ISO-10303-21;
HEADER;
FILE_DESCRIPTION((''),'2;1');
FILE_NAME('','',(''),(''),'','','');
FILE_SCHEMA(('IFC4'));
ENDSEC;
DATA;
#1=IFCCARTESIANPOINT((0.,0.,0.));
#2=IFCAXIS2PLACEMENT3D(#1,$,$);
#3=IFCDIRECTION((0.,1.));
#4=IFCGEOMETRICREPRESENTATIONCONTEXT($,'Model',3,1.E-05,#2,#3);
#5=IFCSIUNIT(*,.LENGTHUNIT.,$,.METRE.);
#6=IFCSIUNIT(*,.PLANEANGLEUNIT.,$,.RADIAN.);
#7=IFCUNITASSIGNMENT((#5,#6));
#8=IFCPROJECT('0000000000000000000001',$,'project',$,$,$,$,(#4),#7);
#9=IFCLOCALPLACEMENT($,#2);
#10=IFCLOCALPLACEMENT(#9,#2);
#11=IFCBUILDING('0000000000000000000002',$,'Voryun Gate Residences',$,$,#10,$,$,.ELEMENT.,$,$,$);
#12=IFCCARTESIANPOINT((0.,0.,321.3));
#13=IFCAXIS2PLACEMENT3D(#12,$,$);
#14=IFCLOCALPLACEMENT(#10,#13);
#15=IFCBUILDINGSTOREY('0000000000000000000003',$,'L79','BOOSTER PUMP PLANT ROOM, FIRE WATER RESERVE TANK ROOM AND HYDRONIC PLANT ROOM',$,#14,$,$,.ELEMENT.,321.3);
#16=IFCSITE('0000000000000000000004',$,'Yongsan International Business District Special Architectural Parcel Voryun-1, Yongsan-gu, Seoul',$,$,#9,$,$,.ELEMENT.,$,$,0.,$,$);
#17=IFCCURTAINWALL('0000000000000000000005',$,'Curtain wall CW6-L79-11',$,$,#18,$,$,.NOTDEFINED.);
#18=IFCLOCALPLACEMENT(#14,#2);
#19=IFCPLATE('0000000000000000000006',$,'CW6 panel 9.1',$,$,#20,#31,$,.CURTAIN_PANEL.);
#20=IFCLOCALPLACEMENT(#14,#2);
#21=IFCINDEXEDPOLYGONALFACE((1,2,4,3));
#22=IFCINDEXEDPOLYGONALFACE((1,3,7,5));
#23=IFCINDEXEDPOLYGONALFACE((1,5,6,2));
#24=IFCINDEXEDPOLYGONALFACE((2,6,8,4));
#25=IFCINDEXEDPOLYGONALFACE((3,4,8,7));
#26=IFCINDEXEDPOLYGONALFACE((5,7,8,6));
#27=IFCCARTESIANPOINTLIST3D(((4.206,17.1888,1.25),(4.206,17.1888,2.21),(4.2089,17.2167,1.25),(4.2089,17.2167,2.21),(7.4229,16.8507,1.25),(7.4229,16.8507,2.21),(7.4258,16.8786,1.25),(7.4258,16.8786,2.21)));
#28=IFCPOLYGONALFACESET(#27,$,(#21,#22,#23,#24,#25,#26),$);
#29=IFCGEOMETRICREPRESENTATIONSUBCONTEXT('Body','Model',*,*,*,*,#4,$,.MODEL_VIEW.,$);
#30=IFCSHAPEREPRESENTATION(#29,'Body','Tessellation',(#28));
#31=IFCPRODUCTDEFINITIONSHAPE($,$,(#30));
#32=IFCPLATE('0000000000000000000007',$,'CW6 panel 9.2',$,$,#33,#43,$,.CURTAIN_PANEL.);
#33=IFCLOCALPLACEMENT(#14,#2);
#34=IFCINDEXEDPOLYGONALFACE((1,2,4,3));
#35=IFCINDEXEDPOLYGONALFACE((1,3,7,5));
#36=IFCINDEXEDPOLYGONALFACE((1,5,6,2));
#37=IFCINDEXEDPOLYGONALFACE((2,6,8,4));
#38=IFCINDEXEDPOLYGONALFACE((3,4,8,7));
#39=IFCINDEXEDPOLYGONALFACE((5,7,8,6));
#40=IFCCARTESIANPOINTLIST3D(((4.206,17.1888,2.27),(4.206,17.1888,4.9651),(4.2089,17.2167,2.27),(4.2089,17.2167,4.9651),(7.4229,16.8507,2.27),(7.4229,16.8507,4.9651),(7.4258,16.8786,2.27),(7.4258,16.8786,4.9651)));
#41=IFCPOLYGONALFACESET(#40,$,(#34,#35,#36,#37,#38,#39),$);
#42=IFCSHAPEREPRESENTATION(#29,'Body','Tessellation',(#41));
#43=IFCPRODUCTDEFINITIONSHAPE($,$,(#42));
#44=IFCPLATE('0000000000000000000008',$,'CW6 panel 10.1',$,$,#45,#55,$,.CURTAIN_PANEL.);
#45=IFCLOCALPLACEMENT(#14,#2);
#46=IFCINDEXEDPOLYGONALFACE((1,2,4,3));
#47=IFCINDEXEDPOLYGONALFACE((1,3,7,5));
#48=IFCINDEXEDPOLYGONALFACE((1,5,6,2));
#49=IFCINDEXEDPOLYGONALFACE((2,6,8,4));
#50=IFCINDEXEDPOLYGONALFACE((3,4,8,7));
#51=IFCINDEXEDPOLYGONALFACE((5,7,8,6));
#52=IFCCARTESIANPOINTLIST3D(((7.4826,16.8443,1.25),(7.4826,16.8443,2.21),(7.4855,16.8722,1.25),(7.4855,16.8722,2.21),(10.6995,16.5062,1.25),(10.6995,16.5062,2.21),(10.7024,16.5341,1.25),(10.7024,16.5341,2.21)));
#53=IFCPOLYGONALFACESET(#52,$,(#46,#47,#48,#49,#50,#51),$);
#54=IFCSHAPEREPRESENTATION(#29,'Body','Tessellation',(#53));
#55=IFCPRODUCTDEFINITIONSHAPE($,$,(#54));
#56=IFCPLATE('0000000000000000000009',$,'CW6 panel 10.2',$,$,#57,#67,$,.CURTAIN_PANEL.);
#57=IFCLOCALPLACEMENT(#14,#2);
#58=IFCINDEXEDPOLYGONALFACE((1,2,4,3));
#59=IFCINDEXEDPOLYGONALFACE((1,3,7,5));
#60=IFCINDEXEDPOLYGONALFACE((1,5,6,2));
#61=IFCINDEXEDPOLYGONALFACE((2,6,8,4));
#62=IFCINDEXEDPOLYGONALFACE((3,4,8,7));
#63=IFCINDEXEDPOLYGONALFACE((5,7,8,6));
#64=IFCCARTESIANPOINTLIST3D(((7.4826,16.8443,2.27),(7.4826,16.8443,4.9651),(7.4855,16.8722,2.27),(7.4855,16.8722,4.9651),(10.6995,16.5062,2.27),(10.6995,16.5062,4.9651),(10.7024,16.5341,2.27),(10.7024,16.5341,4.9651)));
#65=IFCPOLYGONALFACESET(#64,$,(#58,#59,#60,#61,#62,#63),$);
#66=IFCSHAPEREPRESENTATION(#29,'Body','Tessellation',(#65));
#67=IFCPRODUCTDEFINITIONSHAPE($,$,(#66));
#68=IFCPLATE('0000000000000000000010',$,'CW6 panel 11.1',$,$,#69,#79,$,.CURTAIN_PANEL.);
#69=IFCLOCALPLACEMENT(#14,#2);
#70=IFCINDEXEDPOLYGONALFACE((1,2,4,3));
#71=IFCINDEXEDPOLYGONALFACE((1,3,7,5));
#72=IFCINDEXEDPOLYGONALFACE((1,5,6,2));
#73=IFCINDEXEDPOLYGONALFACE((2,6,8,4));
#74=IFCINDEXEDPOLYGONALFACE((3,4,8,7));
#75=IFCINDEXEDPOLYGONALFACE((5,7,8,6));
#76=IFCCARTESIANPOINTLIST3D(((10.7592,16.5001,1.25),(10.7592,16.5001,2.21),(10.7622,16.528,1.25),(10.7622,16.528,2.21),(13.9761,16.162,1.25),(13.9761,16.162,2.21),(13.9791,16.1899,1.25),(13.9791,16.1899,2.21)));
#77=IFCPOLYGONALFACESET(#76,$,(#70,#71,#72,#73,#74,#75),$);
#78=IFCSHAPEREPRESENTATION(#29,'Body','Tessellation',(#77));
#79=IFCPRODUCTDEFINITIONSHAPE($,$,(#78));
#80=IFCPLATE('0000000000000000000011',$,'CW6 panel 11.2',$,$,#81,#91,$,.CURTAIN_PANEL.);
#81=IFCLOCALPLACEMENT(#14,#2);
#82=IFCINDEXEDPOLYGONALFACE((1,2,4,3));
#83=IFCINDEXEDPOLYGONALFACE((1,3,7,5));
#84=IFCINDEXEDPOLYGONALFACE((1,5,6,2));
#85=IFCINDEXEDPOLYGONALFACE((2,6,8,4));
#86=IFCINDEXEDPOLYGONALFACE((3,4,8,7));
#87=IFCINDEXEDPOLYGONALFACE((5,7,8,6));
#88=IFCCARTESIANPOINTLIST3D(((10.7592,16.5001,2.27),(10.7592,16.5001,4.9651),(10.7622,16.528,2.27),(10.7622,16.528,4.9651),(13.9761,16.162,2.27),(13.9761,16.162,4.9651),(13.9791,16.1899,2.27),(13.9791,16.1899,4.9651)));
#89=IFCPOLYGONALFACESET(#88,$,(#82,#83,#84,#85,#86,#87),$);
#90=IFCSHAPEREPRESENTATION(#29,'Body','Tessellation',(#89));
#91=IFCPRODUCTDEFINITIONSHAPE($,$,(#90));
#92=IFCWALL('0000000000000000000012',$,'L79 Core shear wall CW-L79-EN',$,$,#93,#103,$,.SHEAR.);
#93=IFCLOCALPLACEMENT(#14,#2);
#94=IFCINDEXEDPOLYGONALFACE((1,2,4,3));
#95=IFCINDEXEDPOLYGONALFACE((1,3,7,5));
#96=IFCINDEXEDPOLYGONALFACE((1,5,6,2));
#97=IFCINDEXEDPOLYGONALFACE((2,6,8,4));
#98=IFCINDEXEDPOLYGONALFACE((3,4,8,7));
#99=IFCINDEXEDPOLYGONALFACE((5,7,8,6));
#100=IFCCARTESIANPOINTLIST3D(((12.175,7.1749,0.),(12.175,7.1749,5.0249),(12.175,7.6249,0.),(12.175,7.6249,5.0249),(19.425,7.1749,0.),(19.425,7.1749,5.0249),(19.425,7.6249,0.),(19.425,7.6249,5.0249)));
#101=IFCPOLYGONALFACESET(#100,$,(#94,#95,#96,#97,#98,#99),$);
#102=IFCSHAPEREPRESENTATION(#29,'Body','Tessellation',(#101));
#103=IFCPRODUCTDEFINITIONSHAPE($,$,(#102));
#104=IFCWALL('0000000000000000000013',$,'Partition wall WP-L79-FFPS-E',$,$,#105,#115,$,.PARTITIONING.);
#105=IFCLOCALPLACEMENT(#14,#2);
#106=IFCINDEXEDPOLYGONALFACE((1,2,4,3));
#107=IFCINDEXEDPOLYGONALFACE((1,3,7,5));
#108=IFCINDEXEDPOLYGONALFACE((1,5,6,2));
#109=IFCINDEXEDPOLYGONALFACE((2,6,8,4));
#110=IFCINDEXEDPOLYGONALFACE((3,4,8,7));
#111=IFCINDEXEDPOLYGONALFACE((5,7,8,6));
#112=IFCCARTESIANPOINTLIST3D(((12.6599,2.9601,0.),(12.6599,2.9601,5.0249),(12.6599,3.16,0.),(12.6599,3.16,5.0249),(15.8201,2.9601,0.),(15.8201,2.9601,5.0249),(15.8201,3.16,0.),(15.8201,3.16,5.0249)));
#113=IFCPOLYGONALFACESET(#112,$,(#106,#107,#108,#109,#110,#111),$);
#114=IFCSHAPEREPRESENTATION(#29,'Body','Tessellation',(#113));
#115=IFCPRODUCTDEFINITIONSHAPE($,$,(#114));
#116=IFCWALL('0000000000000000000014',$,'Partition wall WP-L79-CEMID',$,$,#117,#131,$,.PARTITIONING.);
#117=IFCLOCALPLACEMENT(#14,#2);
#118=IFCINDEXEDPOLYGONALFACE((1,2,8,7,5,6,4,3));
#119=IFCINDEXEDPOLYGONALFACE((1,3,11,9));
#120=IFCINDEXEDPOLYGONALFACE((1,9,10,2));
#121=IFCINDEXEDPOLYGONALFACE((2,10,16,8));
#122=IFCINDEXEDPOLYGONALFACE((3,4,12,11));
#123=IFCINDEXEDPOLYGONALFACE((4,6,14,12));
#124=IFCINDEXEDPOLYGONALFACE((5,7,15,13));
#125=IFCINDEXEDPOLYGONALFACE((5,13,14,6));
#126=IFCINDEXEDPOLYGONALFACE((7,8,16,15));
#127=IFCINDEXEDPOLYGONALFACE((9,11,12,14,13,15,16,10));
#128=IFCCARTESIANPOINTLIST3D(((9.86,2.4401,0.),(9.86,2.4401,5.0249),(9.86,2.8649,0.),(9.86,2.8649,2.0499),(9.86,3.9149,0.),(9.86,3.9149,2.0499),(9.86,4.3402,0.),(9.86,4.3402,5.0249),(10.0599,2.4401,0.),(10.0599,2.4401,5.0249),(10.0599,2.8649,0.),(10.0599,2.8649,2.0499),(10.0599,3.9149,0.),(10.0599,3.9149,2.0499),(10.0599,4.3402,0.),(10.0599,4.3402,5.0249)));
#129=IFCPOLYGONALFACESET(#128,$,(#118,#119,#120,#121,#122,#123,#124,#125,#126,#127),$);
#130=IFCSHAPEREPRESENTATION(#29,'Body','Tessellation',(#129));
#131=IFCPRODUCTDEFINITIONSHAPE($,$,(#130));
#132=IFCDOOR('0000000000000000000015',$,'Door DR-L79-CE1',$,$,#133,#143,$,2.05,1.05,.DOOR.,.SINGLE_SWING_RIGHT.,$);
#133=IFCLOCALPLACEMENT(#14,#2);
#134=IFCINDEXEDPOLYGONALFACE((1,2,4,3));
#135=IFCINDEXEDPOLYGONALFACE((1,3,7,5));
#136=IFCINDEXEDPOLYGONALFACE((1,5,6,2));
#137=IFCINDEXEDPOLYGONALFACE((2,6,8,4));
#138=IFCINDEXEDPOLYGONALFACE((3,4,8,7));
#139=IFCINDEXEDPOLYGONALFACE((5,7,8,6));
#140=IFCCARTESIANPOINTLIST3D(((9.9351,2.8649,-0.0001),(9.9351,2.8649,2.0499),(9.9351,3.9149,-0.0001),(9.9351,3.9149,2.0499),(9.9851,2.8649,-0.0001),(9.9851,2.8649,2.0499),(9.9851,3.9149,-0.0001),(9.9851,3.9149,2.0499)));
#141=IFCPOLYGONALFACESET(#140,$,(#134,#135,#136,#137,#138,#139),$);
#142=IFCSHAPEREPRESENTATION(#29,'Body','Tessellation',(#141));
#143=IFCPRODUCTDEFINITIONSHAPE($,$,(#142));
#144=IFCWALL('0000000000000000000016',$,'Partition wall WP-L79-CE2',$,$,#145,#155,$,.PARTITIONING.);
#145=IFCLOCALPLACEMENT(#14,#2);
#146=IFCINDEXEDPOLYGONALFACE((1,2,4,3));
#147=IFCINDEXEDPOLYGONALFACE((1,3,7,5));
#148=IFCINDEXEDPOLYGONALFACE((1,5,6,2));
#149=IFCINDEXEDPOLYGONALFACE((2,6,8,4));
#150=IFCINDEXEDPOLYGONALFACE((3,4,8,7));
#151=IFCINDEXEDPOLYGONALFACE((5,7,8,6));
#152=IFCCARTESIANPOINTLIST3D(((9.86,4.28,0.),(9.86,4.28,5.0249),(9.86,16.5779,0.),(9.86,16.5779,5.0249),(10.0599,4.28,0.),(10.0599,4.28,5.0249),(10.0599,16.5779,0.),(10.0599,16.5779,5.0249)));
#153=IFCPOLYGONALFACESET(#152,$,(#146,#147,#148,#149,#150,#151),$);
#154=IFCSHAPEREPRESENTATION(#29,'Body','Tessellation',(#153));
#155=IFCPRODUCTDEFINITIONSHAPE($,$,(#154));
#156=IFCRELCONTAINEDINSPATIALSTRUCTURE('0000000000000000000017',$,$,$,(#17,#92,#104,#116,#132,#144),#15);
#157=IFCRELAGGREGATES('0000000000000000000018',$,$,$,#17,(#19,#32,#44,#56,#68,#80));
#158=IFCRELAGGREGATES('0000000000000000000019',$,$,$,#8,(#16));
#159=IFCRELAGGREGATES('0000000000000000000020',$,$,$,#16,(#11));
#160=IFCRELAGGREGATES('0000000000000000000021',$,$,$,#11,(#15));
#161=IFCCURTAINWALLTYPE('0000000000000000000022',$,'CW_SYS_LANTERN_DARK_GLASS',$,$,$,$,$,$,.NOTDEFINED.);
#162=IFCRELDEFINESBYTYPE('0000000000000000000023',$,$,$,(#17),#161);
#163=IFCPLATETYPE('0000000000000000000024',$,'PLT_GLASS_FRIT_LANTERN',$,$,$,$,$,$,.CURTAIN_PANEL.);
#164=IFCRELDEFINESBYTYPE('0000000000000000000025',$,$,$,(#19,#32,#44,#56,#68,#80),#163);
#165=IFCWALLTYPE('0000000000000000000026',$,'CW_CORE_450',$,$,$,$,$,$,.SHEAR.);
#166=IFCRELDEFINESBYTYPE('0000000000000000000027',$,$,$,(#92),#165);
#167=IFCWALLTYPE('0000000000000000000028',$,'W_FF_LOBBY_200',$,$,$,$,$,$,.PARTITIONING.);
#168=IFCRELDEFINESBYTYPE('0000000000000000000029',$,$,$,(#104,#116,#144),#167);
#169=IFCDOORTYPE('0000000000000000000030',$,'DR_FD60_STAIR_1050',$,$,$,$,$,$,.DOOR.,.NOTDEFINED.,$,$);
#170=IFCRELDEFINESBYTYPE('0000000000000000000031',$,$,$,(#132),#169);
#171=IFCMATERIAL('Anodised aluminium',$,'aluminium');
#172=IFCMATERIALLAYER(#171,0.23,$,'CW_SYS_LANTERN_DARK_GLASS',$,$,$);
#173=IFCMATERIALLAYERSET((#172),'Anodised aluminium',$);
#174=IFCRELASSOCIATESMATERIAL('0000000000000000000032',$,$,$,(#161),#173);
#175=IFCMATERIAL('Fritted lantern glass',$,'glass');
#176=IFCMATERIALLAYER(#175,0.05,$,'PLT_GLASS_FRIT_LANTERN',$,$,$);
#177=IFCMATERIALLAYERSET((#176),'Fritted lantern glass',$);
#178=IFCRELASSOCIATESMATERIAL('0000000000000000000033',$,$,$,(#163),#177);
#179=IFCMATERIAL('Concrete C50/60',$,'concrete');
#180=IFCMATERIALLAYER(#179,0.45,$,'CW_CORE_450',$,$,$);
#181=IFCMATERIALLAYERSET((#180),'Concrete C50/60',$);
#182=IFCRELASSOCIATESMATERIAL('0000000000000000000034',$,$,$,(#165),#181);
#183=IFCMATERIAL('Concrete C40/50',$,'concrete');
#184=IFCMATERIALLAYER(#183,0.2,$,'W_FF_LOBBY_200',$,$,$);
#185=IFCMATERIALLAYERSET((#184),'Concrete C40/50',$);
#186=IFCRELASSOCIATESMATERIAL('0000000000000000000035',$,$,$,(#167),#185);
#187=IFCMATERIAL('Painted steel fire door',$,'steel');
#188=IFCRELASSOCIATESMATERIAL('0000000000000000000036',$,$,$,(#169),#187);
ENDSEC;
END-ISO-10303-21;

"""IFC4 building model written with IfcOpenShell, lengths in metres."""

from ifc_helpers import new_model, si_unit, direction, frame, frame_2d, origin, origin_2d, place, context, subcontext, project, spatial, rectangle, extrude, material, layer, layer_set, type_object, element, fill, aggregate, save


model = new_model("IFC4")

# Units and contexts
model_context = context("Model", 3, precision=1e-05, world=origin(), true_north=direction((0.0, 1.0)))
body_context = subcontext(model_context, "Body", "Model", "MODEL_VIEW")
ifc_project = project(units=[si_unit("LENGTHUNIT", "METRE"), si_unit("PLANEANGLEUNIT", "RADIAN")], contexts=[model_context])

# Site, building, storey
site_placement = place(None, origin())
site = spatial("IfcSite", under=ifc_project, at=site_placement, Name="Yongsan International Business District Special Architectural Parcel Voryun-1, Yongsan-gu, Seoul", CompositionType="ELEMENT", RefElevation=0.0)
building_placement = place(site_placement, origin())
building = spatial("IfcBuilding", under=site, at=building_placement, Name="Voryun Gate Residences", CompositionType="ELEMENT")
storey_placement = place(building_placement, frame((0.0, 0.0, 321.3)))
storey = spatial("IfcBuildingStorey", under=building, at=storey_placement, Name="L79", Description="BOOSTER PUMP PLANT ROOM, FIRE WATER RESERVE TANK ROOM AND HYDRONIC PLANT ROOM", CompositionType="ELEMENT", Elevation=321.3)

# Curtain wall
ifc_material_1 = material(Name="Anodised aluminium", Category="aluminium")
ifc_layer_1 = layer(ifc_material_1, 0.23, Name="CW_SYS_LANTERN_DARK_GLASS")
ifc_layer_set_1 = layer_set([ifc_layer_1], Name="Anodised aluminium")
curtain_wall_type = type_object("IfcCurtainWallType", Name="CW_SYS_LANTERN_DARK_GLASS", PredefinedType="NOTDEFINED", material=ifc_layer_set_1)
curtain_wall_placement = place(storey_placement, origin())
curtain_wall = element("IfcCurtainWall", 1, at=curtain_wall_placement, inside=storey, type_object=curtain_wall_type, Name="Curtain wall CW6-L79-11", PredefinedType="NOTDEFINED")

# Plates
ifc_material_2 = material(Name="Fritted lantern glass", Category="glass")
ifc_layer_2 = layer(ifc_material_2, 0.05, Name="PLT_GLASS_FRIT_LANTERN")
ifc_layer_set_2 = layer_set([ifc_layer_2], Name="Fritted lantern glass")
plate_type_1 = type_object("IfcPlateType", Name="PLT_GLASS_FRIT_LANTERN", PredefinedType="CURTAIN_PANEL", material=ifc_layer_set_2)
plate_1_placement = place(storey_placement, frame((5.8159, 17.0337, 1.25), z_axis=(0.0, 0.0, 1.0), x_axis=(0.994522, -0.104528, 0.0)))
plate_1 = element("IfcPlate", 2, at=plate_1_placement, type_object=plate_type_1, Name="CW6 panel 9.1", PredefinedType="CURTAIN_PANEL", context=body_context, shape_type="SweptSolid", body=[
    extrude(rectangle(XDim=3.2346, YDim=0.0281, at=origin_2d()), origin(), (0.0, 0.0, 1.0), 0.96),
])
plate_2_placement = place(storey_placement, frame((5.8159, 17.0337, 2.27), z_axis=(0.0, 0.0, 1.0), x_axis=(0.994522, -0.104528, 0.0)))
plate_2 = element("IfcPlate", 3, at=plate_2_placement, type_object=plate_type_1, Name="CW6 panel 9.2", PredefinedType="CURTAIN_PANEL", context=body_context, shape_type="SweptSolid", body=[
    extrude(rectangle(XDim=3.2346, YDim=0.0281, at=origin_2d()), origin(), (0.0, 0.0, 1.0), 2.6951),
])
plate_3_placement = place(storey_placement, frame((9.0925, 16.6892, 1.25), z_axis=(0.0, 0.0, 1.0), x_axis=(0.994522, -0.104528, 0.0)))
plate_3 = element("IfcPlate", 4, at=plate_3_placement, type_object=plate_type_1, Name="CW6 panel 10.1", PredefinedType="CURTAIN_PANEL", context=body_context, shape_type="SweptSolid", body=[
    extrude(rectangle(XDim=3.2346, YDim=0.0281, at=origin_2d()), origin(), (0.0, 0.0, 1.0), 0.96),
])
plate_4_placement = place(storey_placement, frame((9.0925, 16.6892, 2.27), z_axis=(0.0, 0.0, 1.0), x_axis=(0.994522, -0.104528, 0.0)))
plate_4 = element("IfcPlate", 5, at=plate_4_placement, type_object=plate_type_1, Name="CW6 panel 10.2", PredefinedType="CURTAIN_PANEL", context=body_context, shape_type="SweptSolid", body=[
    extrude(rectangle(XDim=3.2346, YDim=0.0281, at=origin_2d()), origin(), (0.0, 0.0, 1.0), 2.6951),
])
plate_5_placement = place(storey_placement, frame((12.3691, 16.345, 1.25), z_axis=(0.0, 0.0, 1.0), x_axis=(0.994522, -0.104528, 0.0)))
plate_5 = element("IfcPlate", 6, at=plate_5_placement, type_object=plate_type_1, Name="CW6 panel 11.1", PredefinedType="CURTAIN_PANEL", context=body_context, shape_type="SweptSolid", body=[
    extrude(rectangle(XDim=3.2346, YDim=0.0281, at=origin_2d()), origin(), (0.0, 0.0, 1.0), 0.96),
])
plate_6_placement = place(storey_placement, frame((12.3691, 16.345, 2.27), z_axis=(0.0, 0.0, 1.0), x_axis=(0.994522, -0.104528, 0.0)))
plate_6 = element("IfcPlate", 7, at=plate_6_placement, type_object=plate_type_1, Name="CW6 panel 11.2", PredefinedType="CURTAIN_PANEL", context=body_context, shape_type="SweptSolid", body=[
    extrude(rectangle(XDim=3.2346, YDim=0.0281, at=origin_2d()), origin(), (0.0, 0.0, 1.0), 2.6951),
])
aggregate(curtain_wall, [plate_1, plate_2, plate_3, plate_4, plate_5, plate_6])

# Walls
ifc_material_3 = material(Name="Concrete C50/60", Category="concrete")
ifc_layer_3 = layer(ifc_material_3, 0.45, Name="CW_CORE_450")
ifc_layer_set_3 = layer_set([ifc_layer_3], Name="Concrete C50/60")
wall_type_1 = type_object("IfcWallType", Name="CW_CORE_450", PredefinedType="SHEAR", material=ifc_layer_set_3)
wall_1_placement = place(storey_placement, frame((12.175, 7.3999, 0.0), z_axis=(0.0, 0.0, 1.0), x_axis=(1.0, 0.0, 0.0)))
element("IfcWall", 8, at=wall_1_placement, inside=storey, type_object=wall_type_1, Name="L79 Core shear wall CW-L79-EN", PredefinedType="SHEAR", context=body_context, shape_type="SweptSolid", body=[
    extrude(rectangle(XDim=7.25, YDim=0.45, at=frame_2d((3.625, 0.0))), origin(), (0.0, 0.0, 1.0), 5.0249),
])
ifc_material_4 = material(Name="Concrete C40/50", Category="concrete")
ifc_layer_4 = layer(ifc_material_4, 0.2, Name="W_FF_LOBBY_200")
ifc_layer_set_4 = layer_set([ifc_layer_4], Name="Concrete C40/50")
wall_type_2 = type_object("IfcWallType", Name="W_FF_LOBBY_200", PredefinedType="PARTITIONING", material=ifc_layer_set_4)
wall_2_placement = place(storey_placement, frame((12.6599, 3.0601, 0.0), z_axis=(0.0, 0.0, 1.0), x_axis=(1.0, 0.0, 0.0)))
element("IfcWall", 9, at=wall_2_placement, inside=storey, type_object=wall_type_2, Name="Partition wall WP-L79-FFPS-E", PredefinedType="PARTITIONING", context=body_context, shape_type="SweptSolid", body=[
    extrude(rectangle(XDim=3.1602, YDim=0.2, at=frame_2d((1.5801, 0.0))), origin(), (0.0, 0.0, 1.0), 5.0249),
])

# Wall, opening, door
wall_3_placement = place(storey_placement, frame((9.96, 2.4399, 0.0), z_axis=(0.0, 0.0, 1.0), x_axis=(0.0, 1.0, 0.0)))
wall_3 = element("IfcWall", 10, at=wall_3_placement, inside=storey, type_object=wall_type_2, Name="Partition wall WP-L79-CEMID", PredefinedType="PARTITIONING", context=body_context, shape_type="SweptSolid", body=[
    extrude(rectangle(XDim=1.9001, YDim=0.2, at=frame_2d((0.9502, 0.0))), origin(), (0.0, 0.0, 1.0), 5.0249),
])
opening_placement = place(wall_3_placement, frame((0.425, 0.0, 0.0)))
opening = element("IfcOpeningElement", 11, at=opening_placement, cuts=wall_3, PredefinedType="OPENING", context=body_context, shape_type="SweptSolid", body=[
    extrude(rectangle(XDim=1.05, YDim=2.05, at=frame_2d((0.5249, 1.0249))), frame((0.0, 0.1101, 0.0), z_axis=(0.0, -1.0, 0.0), x_axis=(1.0, 0.0, 0.0)), (0.0, 0.0, 1.0), 0.22),
])
ifc_material_5 = material(Name="Painted steel fire door", Category="steel")
door_type = type_object("IfcDoorType", Name="DR_FD60_STAIR_1050", OperationType="NOTDEFINED", PredefinedType="DOOR", material=ifc_material_5)
door_placement = place(opening_placement, origin())
door = element("IfcDoor", 12, at=door_placement, inside=storey, type_object=door_type, Name="Door DR-L79-CE1", OperationType="SINGLE_SWING_RIGHT", OverallHeight=2.05, OverallWidth=1.05, PredefinedType="DOOR", context=body_context, shape_type="SweptSolid", body=[
    extrude(rectangle(XDim=1.05, YDim=2.05, at=frame_2d((0.5249, 1.0249))), frame((0.0, 0.0249, 0.0), z_axis=(0.0, -1.0, 0.0), x_axis=(1.0, 0.0, 0.0)), (0.0, 0.0, 1.0), 0.05),
])
fill(opening, door)

# Wall
wall_4_placement = place(storey_placement, frame((9.96, 4.28, 0.0), z_axis=(0.0, 0.0, 1.0), x_axis=(0.0, 1.0, 0.0)))
element("IfcWall", 13, at=wall_4_placement, inside=storey, type_object=wall_type_2, Name="Partition wall WP-L79-CE2", PredefinedType="PARTITIONING", context=body_context, shape_type="SweptSolid", body=[
    extrude(rectangle(XDim=12.2979, YDim=0.2, at=frame_2d((6.1489, 0.0))), origin(), (0.0, 0.0, 1.0), 5.0249),
])

save(model, "model.ifc")
